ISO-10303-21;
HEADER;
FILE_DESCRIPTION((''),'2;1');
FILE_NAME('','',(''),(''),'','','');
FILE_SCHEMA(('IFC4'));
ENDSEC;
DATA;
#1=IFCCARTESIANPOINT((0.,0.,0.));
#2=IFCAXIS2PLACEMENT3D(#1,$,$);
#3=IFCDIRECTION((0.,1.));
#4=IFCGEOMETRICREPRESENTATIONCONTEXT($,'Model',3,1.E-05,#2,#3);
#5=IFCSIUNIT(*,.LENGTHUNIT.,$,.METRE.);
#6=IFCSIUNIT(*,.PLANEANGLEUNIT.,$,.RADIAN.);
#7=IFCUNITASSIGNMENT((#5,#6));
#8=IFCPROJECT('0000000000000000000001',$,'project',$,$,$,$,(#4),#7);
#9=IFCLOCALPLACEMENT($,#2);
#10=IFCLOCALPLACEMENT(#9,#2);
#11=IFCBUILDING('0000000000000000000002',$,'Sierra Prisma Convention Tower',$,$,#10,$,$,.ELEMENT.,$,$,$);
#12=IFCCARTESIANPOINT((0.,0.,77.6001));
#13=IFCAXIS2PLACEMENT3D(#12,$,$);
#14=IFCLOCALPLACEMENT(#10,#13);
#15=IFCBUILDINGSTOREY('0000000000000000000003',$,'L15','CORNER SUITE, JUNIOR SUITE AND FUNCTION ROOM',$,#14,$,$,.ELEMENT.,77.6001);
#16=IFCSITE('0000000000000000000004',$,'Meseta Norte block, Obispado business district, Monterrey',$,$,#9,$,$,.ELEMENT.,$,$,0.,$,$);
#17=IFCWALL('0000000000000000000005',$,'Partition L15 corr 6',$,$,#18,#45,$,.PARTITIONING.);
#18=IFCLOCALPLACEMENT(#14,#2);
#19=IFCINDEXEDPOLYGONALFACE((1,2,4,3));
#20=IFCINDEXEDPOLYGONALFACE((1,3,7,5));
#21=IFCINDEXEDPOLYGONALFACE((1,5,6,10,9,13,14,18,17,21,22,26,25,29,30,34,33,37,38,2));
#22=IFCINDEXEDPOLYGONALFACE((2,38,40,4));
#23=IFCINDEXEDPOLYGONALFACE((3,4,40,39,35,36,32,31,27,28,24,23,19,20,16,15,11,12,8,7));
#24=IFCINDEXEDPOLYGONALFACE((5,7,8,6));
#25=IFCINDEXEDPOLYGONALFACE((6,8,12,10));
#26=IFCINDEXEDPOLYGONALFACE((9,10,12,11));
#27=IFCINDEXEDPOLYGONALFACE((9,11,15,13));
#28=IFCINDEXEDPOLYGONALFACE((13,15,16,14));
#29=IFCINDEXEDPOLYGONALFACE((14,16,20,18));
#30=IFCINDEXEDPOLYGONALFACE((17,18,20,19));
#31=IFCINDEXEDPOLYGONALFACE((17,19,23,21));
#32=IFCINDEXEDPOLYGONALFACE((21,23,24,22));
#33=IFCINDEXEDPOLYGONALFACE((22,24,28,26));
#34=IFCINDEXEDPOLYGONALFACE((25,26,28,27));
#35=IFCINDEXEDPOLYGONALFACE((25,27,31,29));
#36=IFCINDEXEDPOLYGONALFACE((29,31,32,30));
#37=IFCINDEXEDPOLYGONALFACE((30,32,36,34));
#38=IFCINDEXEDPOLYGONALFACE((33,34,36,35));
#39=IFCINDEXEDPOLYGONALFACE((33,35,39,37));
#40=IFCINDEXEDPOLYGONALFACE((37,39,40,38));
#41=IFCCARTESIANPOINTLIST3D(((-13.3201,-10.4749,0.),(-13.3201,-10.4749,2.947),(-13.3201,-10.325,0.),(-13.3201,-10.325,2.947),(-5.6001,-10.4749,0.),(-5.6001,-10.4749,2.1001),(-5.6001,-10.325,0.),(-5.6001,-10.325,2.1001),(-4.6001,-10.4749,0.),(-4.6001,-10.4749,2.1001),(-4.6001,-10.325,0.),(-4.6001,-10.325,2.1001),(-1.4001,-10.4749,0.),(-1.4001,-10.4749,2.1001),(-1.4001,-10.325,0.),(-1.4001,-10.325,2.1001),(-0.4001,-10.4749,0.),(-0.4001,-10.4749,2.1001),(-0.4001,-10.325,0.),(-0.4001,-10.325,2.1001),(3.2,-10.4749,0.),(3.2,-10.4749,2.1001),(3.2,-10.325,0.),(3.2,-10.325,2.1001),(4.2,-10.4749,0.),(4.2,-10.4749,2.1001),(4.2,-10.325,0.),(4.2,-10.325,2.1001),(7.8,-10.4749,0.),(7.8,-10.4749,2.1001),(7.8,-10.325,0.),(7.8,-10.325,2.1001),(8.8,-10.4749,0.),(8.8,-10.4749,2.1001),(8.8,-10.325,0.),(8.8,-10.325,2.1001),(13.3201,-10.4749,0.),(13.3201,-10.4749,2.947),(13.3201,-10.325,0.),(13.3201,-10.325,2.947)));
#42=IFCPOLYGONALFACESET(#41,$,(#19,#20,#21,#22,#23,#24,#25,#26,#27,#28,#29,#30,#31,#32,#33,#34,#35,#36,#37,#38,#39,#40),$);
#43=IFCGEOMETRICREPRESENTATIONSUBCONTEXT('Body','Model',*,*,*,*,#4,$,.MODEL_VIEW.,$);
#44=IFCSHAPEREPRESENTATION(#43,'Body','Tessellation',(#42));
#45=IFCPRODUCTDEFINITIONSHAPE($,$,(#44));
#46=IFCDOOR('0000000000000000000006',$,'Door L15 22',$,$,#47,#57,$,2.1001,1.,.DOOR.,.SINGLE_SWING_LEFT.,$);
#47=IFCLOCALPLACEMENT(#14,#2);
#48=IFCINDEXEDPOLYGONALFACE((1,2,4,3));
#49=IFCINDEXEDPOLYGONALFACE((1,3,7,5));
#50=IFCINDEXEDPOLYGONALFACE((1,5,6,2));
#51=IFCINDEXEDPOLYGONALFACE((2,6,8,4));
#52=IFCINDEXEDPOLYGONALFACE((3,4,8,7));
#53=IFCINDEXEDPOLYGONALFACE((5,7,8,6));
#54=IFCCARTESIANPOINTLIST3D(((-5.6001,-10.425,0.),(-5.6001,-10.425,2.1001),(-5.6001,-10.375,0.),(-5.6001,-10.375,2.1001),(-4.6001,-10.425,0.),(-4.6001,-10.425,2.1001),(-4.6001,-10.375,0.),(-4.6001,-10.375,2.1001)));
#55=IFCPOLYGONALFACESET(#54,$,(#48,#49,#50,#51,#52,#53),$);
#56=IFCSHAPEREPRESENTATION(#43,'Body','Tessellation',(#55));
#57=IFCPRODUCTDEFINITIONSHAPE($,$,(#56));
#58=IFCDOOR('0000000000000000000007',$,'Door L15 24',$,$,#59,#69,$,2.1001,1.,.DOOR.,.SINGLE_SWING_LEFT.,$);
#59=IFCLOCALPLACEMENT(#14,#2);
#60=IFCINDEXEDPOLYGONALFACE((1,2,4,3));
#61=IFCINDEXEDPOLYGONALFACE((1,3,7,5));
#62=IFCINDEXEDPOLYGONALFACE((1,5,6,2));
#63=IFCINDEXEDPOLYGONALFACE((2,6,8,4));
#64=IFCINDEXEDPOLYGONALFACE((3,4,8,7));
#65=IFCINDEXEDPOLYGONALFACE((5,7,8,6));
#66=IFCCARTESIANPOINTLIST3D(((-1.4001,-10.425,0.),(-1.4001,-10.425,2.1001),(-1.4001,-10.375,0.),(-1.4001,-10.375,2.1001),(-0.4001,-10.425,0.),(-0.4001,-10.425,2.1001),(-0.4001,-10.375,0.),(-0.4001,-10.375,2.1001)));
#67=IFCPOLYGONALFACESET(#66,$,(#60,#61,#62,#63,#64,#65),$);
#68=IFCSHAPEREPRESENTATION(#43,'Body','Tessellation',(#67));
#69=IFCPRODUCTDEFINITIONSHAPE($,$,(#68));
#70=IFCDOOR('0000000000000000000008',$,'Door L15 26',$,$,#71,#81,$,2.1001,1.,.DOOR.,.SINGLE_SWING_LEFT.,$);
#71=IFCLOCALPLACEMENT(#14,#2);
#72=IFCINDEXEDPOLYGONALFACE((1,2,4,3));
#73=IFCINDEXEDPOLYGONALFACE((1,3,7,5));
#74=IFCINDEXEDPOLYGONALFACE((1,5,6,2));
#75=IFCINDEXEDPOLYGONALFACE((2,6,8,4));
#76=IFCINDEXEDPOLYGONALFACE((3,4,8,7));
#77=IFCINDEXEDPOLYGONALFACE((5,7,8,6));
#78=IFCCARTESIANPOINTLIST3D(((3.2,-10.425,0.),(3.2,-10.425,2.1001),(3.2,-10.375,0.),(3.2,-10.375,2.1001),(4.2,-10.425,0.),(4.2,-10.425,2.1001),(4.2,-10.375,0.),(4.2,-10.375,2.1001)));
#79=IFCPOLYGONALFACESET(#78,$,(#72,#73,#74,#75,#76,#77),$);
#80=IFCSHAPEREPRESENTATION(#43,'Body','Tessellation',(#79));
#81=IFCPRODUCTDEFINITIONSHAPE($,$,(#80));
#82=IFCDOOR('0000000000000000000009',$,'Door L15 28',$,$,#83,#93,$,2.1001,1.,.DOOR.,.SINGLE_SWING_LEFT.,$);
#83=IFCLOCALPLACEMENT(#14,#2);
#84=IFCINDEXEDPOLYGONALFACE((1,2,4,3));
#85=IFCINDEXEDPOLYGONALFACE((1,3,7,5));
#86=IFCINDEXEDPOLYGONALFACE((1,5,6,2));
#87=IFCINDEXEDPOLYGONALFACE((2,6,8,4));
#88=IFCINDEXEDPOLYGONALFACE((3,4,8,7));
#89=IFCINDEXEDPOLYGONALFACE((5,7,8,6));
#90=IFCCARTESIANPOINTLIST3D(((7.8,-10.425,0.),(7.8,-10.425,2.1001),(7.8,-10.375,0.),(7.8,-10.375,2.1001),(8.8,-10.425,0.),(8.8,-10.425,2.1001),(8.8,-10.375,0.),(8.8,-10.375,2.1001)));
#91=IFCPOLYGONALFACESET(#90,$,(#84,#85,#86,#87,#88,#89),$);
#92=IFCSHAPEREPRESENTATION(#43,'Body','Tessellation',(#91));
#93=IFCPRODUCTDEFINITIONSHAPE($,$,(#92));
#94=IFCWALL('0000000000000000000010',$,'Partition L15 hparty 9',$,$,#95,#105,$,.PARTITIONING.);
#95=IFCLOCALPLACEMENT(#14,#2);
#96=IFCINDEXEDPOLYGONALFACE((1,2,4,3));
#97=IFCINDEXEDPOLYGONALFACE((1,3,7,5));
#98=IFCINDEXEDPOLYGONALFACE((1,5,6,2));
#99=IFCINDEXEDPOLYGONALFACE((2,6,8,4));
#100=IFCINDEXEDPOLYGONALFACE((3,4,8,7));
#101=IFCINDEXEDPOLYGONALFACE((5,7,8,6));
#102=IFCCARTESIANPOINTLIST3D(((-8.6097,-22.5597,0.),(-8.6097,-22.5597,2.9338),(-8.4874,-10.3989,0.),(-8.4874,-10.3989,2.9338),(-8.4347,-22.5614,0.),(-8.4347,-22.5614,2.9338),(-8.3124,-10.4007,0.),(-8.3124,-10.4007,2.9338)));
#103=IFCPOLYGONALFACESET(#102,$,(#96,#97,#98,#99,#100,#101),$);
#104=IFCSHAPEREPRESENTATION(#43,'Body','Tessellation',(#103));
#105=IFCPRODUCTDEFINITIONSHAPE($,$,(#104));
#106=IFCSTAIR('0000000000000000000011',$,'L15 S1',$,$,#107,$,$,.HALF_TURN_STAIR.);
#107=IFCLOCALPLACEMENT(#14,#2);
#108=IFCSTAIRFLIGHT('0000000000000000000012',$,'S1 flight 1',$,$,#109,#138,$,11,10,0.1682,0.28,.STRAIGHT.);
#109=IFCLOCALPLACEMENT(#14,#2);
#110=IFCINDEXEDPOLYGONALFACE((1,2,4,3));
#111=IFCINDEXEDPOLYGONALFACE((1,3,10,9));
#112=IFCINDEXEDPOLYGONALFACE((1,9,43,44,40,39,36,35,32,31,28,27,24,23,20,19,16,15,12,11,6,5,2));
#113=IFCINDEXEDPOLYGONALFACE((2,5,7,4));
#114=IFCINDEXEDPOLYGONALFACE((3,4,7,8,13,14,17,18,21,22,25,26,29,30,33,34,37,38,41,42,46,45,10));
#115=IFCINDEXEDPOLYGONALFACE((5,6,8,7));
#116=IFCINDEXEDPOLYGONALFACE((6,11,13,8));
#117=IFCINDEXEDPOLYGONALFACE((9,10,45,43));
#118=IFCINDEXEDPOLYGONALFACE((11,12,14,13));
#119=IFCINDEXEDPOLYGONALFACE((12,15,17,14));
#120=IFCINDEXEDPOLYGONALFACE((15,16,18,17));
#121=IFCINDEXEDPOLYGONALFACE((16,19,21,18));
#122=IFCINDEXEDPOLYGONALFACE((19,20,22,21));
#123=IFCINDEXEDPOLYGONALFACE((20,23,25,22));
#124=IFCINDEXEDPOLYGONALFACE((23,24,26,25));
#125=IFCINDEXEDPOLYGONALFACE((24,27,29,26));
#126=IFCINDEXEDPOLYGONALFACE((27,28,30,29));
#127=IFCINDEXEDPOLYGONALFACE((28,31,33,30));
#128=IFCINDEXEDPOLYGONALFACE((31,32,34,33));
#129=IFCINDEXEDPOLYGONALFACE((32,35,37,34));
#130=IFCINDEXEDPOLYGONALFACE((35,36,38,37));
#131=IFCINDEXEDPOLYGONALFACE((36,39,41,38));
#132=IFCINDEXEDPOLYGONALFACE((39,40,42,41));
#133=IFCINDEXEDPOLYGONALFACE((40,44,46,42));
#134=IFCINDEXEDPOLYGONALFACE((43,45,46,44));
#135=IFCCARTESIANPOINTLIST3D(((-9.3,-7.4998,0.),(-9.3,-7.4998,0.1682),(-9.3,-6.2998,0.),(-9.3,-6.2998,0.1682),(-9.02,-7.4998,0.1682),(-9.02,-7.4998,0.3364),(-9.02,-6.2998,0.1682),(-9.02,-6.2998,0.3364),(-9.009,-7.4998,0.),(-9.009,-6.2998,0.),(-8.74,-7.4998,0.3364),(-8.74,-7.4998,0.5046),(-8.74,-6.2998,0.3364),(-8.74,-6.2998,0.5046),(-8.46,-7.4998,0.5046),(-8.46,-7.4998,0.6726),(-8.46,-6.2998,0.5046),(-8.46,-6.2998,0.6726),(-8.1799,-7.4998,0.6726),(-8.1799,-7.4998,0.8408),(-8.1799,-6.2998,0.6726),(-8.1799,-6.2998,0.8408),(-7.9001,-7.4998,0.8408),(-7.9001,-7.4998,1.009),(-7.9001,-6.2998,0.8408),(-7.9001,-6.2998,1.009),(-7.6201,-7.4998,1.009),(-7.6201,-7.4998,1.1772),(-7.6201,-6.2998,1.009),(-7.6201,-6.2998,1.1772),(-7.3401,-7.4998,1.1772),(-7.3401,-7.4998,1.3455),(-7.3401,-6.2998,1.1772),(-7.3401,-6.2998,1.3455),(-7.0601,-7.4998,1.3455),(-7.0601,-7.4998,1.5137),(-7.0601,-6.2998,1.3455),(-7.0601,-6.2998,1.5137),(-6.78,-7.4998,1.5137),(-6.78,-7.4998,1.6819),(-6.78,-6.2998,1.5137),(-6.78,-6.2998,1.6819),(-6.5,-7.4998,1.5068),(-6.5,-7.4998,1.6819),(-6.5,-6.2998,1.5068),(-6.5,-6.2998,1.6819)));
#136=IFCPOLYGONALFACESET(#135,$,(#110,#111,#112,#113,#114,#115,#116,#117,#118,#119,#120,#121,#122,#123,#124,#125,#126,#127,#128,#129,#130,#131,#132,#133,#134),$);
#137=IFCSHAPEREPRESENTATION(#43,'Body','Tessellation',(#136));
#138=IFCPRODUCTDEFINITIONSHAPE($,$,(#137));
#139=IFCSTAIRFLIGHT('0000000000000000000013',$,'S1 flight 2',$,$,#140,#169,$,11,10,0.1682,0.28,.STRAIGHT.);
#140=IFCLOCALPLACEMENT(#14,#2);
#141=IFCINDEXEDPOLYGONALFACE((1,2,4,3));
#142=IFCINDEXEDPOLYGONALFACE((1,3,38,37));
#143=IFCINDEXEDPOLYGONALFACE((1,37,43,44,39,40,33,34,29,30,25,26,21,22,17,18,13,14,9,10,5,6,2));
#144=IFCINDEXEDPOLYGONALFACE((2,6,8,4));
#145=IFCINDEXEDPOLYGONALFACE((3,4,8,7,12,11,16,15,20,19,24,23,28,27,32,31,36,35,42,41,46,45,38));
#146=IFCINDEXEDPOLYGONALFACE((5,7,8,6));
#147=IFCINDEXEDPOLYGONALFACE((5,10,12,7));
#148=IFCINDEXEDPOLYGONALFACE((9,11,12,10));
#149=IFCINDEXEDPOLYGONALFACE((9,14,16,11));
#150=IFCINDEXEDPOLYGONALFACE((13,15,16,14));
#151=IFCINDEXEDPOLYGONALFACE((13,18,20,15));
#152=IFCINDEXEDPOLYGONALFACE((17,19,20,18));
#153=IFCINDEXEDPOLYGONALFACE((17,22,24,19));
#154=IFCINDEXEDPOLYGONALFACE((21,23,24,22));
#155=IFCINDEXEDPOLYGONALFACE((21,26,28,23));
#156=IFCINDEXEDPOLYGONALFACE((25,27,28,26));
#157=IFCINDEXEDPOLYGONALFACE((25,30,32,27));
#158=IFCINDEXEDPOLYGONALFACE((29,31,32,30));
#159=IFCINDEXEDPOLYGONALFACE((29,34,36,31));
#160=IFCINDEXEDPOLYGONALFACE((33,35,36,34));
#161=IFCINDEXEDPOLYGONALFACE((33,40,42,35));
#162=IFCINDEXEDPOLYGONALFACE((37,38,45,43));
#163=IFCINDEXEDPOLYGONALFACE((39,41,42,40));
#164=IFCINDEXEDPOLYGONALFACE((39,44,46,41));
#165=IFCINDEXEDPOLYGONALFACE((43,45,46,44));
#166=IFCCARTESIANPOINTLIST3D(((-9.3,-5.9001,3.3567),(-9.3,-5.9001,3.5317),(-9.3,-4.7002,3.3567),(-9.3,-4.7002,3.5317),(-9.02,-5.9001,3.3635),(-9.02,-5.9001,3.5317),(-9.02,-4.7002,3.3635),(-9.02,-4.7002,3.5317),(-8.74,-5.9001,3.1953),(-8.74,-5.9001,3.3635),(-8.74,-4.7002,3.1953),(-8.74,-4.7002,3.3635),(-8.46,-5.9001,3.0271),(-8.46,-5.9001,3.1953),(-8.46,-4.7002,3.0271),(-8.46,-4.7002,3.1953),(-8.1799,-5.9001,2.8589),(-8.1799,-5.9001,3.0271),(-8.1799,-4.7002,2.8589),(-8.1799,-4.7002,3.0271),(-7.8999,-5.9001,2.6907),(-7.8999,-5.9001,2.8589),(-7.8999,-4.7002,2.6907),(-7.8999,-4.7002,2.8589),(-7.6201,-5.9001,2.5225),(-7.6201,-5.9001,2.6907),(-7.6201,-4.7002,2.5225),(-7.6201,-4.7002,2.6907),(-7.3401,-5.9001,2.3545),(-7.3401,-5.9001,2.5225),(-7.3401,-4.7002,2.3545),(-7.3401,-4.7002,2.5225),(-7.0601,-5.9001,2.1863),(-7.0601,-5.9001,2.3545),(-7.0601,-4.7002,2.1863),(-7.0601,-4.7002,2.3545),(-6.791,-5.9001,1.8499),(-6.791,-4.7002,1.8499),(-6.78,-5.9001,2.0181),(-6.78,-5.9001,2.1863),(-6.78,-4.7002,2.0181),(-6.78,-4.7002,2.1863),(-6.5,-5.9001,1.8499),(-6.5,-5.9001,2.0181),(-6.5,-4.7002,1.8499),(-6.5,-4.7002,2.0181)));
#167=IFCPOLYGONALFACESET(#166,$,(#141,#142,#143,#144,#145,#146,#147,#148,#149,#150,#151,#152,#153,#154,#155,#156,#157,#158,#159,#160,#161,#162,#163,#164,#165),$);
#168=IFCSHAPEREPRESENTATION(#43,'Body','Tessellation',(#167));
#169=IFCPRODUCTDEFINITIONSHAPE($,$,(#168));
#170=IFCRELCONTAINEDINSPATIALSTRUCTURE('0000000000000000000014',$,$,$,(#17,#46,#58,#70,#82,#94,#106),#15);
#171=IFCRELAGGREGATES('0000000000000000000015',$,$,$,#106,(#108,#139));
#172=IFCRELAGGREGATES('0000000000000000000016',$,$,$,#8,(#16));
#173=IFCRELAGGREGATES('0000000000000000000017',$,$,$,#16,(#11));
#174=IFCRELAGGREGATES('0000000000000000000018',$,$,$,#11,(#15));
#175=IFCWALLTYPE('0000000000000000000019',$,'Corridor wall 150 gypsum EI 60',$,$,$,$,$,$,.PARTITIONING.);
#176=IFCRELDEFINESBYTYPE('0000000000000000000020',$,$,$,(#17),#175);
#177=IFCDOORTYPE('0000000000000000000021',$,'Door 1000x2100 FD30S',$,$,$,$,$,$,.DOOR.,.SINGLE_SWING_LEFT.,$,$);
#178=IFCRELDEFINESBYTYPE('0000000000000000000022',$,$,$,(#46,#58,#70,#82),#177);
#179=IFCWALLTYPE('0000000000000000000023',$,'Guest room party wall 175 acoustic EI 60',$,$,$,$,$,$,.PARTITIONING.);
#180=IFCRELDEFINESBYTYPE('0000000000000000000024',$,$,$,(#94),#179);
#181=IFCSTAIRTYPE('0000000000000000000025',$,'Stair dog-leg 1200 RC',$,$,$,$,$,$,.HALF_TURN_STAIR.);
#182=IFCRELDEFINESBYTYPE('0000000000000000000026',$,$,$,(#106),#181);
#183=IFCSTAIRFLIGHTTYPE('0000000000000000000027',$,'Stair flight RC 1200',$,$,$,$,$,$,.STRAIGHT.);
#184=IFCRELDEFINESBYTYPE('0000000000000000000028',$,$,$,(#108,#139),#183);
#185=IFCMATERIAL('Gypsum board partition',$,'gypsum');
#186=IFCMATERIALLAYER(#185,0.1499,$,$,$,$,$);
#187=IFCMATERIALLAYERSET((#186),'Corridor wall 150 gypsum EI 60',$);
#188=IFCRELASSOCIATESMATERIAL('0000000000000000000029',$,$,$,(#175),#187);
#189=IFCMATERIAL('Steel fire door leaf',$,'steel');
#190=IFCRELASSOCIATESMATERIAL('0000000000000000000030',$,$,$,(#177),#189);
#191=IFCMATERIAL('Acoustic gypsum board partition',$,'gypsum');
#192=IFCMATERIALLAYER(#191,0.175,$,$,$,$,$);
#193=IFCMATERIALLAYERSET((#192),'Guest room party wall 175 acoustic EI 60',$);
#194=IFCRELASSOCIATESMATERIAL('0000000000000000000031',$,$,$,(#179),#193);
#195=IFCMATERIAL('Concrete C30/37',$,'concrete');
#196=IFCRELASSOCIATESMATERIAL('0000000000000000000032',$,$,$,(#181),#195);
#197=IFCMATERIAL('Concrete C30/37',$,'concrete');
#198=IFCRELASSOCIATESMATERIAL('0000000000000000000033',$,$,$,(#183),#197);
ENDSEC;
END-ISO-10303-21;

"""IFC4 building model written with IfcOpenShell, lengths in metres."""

from ifc_helpers import new_model, si_unit, direction, frame, frame_2d, origin, place, context, subcontext, project, spatial, polyline, rectangle, outline, extrude, material, layer, layer_set, type_object, element, fill, aggregate, save


model = new_model("IFC4")

# Units and contexts
model_context = context("Model", 3, precision=1e-05, world=origin(), true_north=direction((0.0, 1.0)))
body_context = subcontext(model_context, "Body", "Model", "MODEL_VIEW")
ifc_project = project(units=[si_unit("LENGTHUNIT", "METRE"), si_unit("PLANEANGLEUNIT", "RADIAN")], contexts=[model_context])

# Site, building, storey
site_placement = place(None, origin())
site = spatial("IfcSite", under=ifc_project, at=site_placement, Name="Meseta Norte block, Obispado business district, Monterrey", CompositionType="ELEMENT", RefElevation=0.0)
building_placement = place(site_placement, origin())
building = spatial("IfcBuilding", under=site, at=building_placement, Name="Sierra Prisma Convention Tower", CompositionType="ELEMENT")
storey_placement = place(building_placement, frame((0.0, 0.0, 77.6001)))
storey = spatial("IfcBuildingStorey", under=building, at=storey_placement, Name="L15", Description="CORNER SUITE, JUNIOR SUITE AND FUNCTION ROOM", CompositionType="ELEMENT", Elevation=77.6001)

# Shared definitions
ifc_material_1 = material(Name="Gypsum board partition", Category="gypsum")
ifc_layer_1 = layer(ifc_material_1, 0.1499)
ifc_layer_set_1 = layer_set([ifc_layer_1], Name="Corridor wall 150 gypsum EI 60")
wall_type_1 = type_object("IfcWallType", Name="Corridor wall 150 gypsum EI 60", PredefinedType="PARTITIONING", material=ifc_layer_set_1)
ifc_material_2 = material(Name="Steel fire door leaf", Category="steel")
door_type_1 = type_object("IfcDoorType", Name="Door 1000x2100 FD30S", OperationType="SINGLE_SWING_LEFT", PredefinedType="DOOR", material=ifc_material_2)

# Wall, openings, doors
wall_1_placement = place(storey_placement, frame((-13.3201, -10.3999, 0.0), z_axis=(0.0, 0.0, 1.0), x_axis=(1.0, 0.0, 0.0)))
wall_1 = element("IfcWall", 1, at=wall_1_placement, inside=storey, type_object=wall_type_1, Name="Partition L15 corr 6", PredefinedType="PARTITIONING", context=body_context, shape_type="SweptSolid", body=[
    extrude(rectangle(XDim=26.6401, YDim=0.1499, at=frame_2d((13.3201, 0.0))), origin(), (0.0, 0.0, 1.0), 2.947),
])
opening_1_placement = place(wall_1_placement, frame((7.72, 0.0, 0.0)))
opening_1 = element("IfcOpeningElement", 2, at=opening_1_placement, cuts=wall_1, PredefinedType="OPENING", context=body_context, shape_type="SweptSolid", body=[
    extrude(rectangle(XDim=1.0, YDim=2.1001, at=frame_2d((0.5, 1.05))), frame((0.0, 0.075, 0.0), z_axis=(0.0, -1.0, 0.0), x_axis=(1.0, 0.0, 0.0)), (0.0, 0.0, 1.0), 0.1499),
])
opening_2_placement = place(wall_1_placement, frame((11.9199, 0.0, 0.0)))
opening_2 = element("IfcOpeningElement", 3, at=opening_2_placement, cuts=wall_1, PredefinedType="OPENING", context=body_context, shape_type="SweptSolid", body=[
    extrude(rectangle(XDim=1.0, YDim=2.1001, at=frame_2d((0.5, 1.05))), frame((0.0, 0.075, 0.0), z_axis=(0.0, -1.0, 0.0), x_axis=(1.0, 0.0, 0.0)), (0.0, 0.0, 1.0), 0.1499),
])
opening_3_placement = place(wall_1_placement, frame((16.52, 0.0, 0.0)))
opening_3 = element("IfcOpeningElement", 4, at=opening_3_placement, cuts=wall_1, PredefinedType="OPENING", context=body_context, shape_type="SweptSolid", body=[
    extrude(rectangle(XDim=1.0, YDim=2.1001, at=frame_2d((0.5, 1.05))), frame((0.0, 0.075, 0.0), z_axis=(0.0, -1.0, 0.0), x_axis=(1.0, 0.0, 0.0)), (0.0, 0.0, 1.0), 0.1499),
])
opening_4_placement = place(wall_1_placement, frame((21.1201, 0.0, 0.0)))
opening_4 = element("IfcOpeningElement", 5, at=opening_4_placement, cuts=wall_1, PredefinedType="OPENING", context=body_context, shape_type="SweptSolid", body=[
    extrude(rectangle(XDim=1.0, YDim=2.1001, at=frame_2d((0.5, 1.05))), frame((0.0, 0.075, 0.0), z_axis=(0.0, -1.0, 0.0), x_axis=(1.0, 0.0, 0.0)), (0.0, 0.0, 1.0), 0.1499),
])
door_1_placement = place(opening_1_placement, origin())
door_1 = element("IfcDoor", 6, at=door_1_placement, inside=storey, type_object=door_type_1, Name="Door L15 22", OperationType="SINGLE_SWING_LEFT", OverallHeight=2.1001, OverallWidth=1.0, PredefinedType="DOOR", context=body_context, shape_type="SweptSolid", body=[
    extrude(rectangle(XDim=1.0, YDim=2.1001, at=frame_2d((0.5, 1.05))), frame((0.0, 0.0249, 0.0), z_axis=(0.0, -1.0, 0.0), x_axis=(1.0, 0.0, 0.0)), (0.0, 0.0, 1.0), 0.05),
])
fill(opening_1, door_1)
door_2_placement = place(opening_2_placement, origin())
door_2 = element("IfcDoor", 7, at=door_2_placement, inside=storey, type_object=door_type_1, Name="Door L15 24", OperationType="SINGLE_SWING_LEFT", OverallHeight=2.1001, OverallWidth=1.0, PredefinedType="DOOR", context=body_context, shape_type="SweptSolid", body=[
    extrude(rectangle(XDim=1.0, YDim=2.1001, at=frame_2d((0.5, 1.05))), frame((0.0, 0.0249, 0.0), z_axis=(0.0, -1.0, 0.0), x_axis=(1.0, 0.0, 0.0)), (0.0, 0.0, 1.0), 0.05),
])
fill(opening_2, door_2)
door_3_placement = place(opening_3_placement, origin())
door_3 = element("IfcDoor", 8, at=door_3_placement, inside=storey, type_object=door_type_1, Name="Door L15 26", OperationType="SINGLE_SWING_LEFT", OverallHeight=2.1001, OverallWidth=1.0, PredefinedType="DOOR", context=body_context, shape_type="SweptSolid", body=[
    extrude(rectangle(XDim=1.0, YDim=2.1001, at=frame_2d((0.5, 1.05))), frame((0.0, 0.0249, 0.0), z_axis=(0.0, -1.0, 0.0), x_axis=(1.0, 0.0, 0.0)), (0.0, 0.0, 1.0), 0.05),
])
fill(opening_3, door_3)
door_4_placement = place(opening_4_placement, origin())
door_4 = element("IfcDoor", 9, at=door_4_placement, inside=storey, type_object=door_type_1, Name="Door L15 28", OperationType="SINGLE_SWING_LEFT", OverallHeight=2.1001, OverallWidth=1.0, PredefinedType="DOOR", context=body_context, shape_type="SweptSolid", body=[
    extrude(rectangle(XDim=1.0, YDim=2.1001, at=frame_2d((0.5, 1.05))), frame((0.0, 0.0249, 0.0), z_axis=(0.0, -1.0, 0.0), x_axis=(1.0, 0.0, 0.0)), (0.0, 0.0, 1.0), 0.05),
])
fill(opening_4, door_4)

# Wall
ifc_material_3 = material(Name="Acoustic gypsum board partition", Category="gypsum")
ifc_layer_2 = layer(ifc_material_3, 0.175)
ifc_layer_set_2 = layer_set([ifc_layer_2], Name="Guest room party wall 175 acoustic EI 60")
wall_type_2 = type_object("IfcWallType", Name="Guest room party wall 175 acoustic EI 60", PredefinedType="PARTITIONING", material=ifc_layer_set_2)
wall_2_placement = place(storey_placement, frame((-8.3999, -10.3999, 0.0), z_axis=(0.0, 0.0, 1.0), x_axis=(-0.010058, -0.999949, 0.0)))
element("IfcWall", 10, at=wall_2_placement, inside=storey, type_object=wall_type_2, Name="Partition L15 hparty 9", PredefinedType="PARTITIONING", context=body_context, shape_type="SweptSolid", body=[
    extrude(rectangle(XDim=12.1614, YDim=0.175, at=frame_2d((6.0806, 0.0))), origin(), (0.0, 0.0, 1.0), 2.9338),
])

# Stair, stair flights
ifc_material_4 = material(Name="Concrete C30/37", Category="concrete")
stair_type = type_object("IfcStairType", Name="Stair dog-leg 1200 RC", PredefinedType="HALF_TURN_STAIR", material=ifc_material_4)
stair_placement = place(storey_placement, origin())
stair = element("IfcStair", 11, at=stair_placement, inside=storey, type_object=stair_type, Name="L15 S1", PredefinedType="HALF_TURN_STAIR")
ifc_material_5 = material(Name="Concrete C30/37", Category="concrete")
stair_flight_type = type_object("IfcStairFlightType", Name="Stair flight RC 1200", PredefinedType="STRAIGHT", material=ifc_material_5)
stair_flight_1_placement = place(storey_placement, frame((-9.3, -6.8999, 0.0), z_axis=(0.0, 0.0, 1.0), x_axis=(1.0, 0.0, 0.0)))
stair_flight_1 = element("IfcStairFlight", 12, at=stair_flight_1_placement, type_object=stair_flight_type, Name="S1 flight 1", NumberOfRisers=11, NumberOfTreads=10, PredefinedType="STRAIGHT", RiserHeight=0.1682, TreadLength=0.28, context=body_context, shape_type="SweptSolid", body=[
    extrude(outline(polyline([(0.0, 0.0), (0.0, 0.1682), (0.28, 0.1682), (0.28, 0.3364), (0.5601, 0.3364), (0.5601, 0.5046), (0.8401, 0.5046), (0.8401, 0.6726), (1.1201, 0.6726), (1.1201, 0.8408), (1.3999, 0.8408), (1.3999, 1.009), (1.6799, 1.009), (1.6799, 1.1772), (1.96, 1.1772), (1.96, 1.3455), (2.24, 1.3455), (2.24, 1.5137), (2.52, 1.5137), (2.52, 1.6819), (2.8, 1.6819), (2.8, 1.8501), (2.8, 1.5068), (0.291, 0.0), (0.0, 0.0)])), frame((0.0, 0.6001, 0.0), z_axis=(0.0, -1.0, 0.0), x_axis=(1.0, 0.0, 0.0)), (0.0, 0.0, 1.0), 1.2),
])
stair_flight_2_placement = place(storey_placement, frame((-6.5, -5.3, 1.8499), z_axis=(0.0, 0.0, 1.0), x_axis=(-1.0, 0.0, 0.0)))
stair_flight_2 = element("IfcStairFlight", 13, at=stair_flight_2_placement, type_object=stair_flight_type, Name="S1 flight 2", NumberOfRisers=11, NumberOfTreads=10, PredefinedType="STRAIGHT", RiserHeight=0.1682, TreadLength=0.28, context=body_context, shape_type="SweptSolid", body=[
    extrude(outline(polyline([(0.0, 0.0), (0.0, 0.1682), (0.28, 0.1682), (0.28, 0.3364), (0.5601, 0.3364), (0.5601, 0.5046), (0.8401, 0.5046), (0.8401, 0.6726), (1.1201, 0.6726), (1.1201, 0.8408), (1.3999, 0.8408), (1.3999, 1.009), (1.6799, 1.009), (1.6799, 1.1772), (1.96, 1.1772), (1.96, 1.3455), (2.24, 1.3455), (2.24, 1.5137), (2.52, 1.5137), (2.52, 1.6819), (2.8, 1.6819), (2.8, 1.8501), (2.8, 1.5068), (0.291, 0.0), (0.0, 0.0)])), frame((0.0, 0.6001, 0.0), z_axis=(0.0, -1.0, 0.0), x_axis=(1.0, 0.0, 0.0)), (0.0, 0.0, 1.0), 1.2),
])
aggregate(stair, [stair_flight_1, stair_flight_2])

save(model, "model.ifc")
